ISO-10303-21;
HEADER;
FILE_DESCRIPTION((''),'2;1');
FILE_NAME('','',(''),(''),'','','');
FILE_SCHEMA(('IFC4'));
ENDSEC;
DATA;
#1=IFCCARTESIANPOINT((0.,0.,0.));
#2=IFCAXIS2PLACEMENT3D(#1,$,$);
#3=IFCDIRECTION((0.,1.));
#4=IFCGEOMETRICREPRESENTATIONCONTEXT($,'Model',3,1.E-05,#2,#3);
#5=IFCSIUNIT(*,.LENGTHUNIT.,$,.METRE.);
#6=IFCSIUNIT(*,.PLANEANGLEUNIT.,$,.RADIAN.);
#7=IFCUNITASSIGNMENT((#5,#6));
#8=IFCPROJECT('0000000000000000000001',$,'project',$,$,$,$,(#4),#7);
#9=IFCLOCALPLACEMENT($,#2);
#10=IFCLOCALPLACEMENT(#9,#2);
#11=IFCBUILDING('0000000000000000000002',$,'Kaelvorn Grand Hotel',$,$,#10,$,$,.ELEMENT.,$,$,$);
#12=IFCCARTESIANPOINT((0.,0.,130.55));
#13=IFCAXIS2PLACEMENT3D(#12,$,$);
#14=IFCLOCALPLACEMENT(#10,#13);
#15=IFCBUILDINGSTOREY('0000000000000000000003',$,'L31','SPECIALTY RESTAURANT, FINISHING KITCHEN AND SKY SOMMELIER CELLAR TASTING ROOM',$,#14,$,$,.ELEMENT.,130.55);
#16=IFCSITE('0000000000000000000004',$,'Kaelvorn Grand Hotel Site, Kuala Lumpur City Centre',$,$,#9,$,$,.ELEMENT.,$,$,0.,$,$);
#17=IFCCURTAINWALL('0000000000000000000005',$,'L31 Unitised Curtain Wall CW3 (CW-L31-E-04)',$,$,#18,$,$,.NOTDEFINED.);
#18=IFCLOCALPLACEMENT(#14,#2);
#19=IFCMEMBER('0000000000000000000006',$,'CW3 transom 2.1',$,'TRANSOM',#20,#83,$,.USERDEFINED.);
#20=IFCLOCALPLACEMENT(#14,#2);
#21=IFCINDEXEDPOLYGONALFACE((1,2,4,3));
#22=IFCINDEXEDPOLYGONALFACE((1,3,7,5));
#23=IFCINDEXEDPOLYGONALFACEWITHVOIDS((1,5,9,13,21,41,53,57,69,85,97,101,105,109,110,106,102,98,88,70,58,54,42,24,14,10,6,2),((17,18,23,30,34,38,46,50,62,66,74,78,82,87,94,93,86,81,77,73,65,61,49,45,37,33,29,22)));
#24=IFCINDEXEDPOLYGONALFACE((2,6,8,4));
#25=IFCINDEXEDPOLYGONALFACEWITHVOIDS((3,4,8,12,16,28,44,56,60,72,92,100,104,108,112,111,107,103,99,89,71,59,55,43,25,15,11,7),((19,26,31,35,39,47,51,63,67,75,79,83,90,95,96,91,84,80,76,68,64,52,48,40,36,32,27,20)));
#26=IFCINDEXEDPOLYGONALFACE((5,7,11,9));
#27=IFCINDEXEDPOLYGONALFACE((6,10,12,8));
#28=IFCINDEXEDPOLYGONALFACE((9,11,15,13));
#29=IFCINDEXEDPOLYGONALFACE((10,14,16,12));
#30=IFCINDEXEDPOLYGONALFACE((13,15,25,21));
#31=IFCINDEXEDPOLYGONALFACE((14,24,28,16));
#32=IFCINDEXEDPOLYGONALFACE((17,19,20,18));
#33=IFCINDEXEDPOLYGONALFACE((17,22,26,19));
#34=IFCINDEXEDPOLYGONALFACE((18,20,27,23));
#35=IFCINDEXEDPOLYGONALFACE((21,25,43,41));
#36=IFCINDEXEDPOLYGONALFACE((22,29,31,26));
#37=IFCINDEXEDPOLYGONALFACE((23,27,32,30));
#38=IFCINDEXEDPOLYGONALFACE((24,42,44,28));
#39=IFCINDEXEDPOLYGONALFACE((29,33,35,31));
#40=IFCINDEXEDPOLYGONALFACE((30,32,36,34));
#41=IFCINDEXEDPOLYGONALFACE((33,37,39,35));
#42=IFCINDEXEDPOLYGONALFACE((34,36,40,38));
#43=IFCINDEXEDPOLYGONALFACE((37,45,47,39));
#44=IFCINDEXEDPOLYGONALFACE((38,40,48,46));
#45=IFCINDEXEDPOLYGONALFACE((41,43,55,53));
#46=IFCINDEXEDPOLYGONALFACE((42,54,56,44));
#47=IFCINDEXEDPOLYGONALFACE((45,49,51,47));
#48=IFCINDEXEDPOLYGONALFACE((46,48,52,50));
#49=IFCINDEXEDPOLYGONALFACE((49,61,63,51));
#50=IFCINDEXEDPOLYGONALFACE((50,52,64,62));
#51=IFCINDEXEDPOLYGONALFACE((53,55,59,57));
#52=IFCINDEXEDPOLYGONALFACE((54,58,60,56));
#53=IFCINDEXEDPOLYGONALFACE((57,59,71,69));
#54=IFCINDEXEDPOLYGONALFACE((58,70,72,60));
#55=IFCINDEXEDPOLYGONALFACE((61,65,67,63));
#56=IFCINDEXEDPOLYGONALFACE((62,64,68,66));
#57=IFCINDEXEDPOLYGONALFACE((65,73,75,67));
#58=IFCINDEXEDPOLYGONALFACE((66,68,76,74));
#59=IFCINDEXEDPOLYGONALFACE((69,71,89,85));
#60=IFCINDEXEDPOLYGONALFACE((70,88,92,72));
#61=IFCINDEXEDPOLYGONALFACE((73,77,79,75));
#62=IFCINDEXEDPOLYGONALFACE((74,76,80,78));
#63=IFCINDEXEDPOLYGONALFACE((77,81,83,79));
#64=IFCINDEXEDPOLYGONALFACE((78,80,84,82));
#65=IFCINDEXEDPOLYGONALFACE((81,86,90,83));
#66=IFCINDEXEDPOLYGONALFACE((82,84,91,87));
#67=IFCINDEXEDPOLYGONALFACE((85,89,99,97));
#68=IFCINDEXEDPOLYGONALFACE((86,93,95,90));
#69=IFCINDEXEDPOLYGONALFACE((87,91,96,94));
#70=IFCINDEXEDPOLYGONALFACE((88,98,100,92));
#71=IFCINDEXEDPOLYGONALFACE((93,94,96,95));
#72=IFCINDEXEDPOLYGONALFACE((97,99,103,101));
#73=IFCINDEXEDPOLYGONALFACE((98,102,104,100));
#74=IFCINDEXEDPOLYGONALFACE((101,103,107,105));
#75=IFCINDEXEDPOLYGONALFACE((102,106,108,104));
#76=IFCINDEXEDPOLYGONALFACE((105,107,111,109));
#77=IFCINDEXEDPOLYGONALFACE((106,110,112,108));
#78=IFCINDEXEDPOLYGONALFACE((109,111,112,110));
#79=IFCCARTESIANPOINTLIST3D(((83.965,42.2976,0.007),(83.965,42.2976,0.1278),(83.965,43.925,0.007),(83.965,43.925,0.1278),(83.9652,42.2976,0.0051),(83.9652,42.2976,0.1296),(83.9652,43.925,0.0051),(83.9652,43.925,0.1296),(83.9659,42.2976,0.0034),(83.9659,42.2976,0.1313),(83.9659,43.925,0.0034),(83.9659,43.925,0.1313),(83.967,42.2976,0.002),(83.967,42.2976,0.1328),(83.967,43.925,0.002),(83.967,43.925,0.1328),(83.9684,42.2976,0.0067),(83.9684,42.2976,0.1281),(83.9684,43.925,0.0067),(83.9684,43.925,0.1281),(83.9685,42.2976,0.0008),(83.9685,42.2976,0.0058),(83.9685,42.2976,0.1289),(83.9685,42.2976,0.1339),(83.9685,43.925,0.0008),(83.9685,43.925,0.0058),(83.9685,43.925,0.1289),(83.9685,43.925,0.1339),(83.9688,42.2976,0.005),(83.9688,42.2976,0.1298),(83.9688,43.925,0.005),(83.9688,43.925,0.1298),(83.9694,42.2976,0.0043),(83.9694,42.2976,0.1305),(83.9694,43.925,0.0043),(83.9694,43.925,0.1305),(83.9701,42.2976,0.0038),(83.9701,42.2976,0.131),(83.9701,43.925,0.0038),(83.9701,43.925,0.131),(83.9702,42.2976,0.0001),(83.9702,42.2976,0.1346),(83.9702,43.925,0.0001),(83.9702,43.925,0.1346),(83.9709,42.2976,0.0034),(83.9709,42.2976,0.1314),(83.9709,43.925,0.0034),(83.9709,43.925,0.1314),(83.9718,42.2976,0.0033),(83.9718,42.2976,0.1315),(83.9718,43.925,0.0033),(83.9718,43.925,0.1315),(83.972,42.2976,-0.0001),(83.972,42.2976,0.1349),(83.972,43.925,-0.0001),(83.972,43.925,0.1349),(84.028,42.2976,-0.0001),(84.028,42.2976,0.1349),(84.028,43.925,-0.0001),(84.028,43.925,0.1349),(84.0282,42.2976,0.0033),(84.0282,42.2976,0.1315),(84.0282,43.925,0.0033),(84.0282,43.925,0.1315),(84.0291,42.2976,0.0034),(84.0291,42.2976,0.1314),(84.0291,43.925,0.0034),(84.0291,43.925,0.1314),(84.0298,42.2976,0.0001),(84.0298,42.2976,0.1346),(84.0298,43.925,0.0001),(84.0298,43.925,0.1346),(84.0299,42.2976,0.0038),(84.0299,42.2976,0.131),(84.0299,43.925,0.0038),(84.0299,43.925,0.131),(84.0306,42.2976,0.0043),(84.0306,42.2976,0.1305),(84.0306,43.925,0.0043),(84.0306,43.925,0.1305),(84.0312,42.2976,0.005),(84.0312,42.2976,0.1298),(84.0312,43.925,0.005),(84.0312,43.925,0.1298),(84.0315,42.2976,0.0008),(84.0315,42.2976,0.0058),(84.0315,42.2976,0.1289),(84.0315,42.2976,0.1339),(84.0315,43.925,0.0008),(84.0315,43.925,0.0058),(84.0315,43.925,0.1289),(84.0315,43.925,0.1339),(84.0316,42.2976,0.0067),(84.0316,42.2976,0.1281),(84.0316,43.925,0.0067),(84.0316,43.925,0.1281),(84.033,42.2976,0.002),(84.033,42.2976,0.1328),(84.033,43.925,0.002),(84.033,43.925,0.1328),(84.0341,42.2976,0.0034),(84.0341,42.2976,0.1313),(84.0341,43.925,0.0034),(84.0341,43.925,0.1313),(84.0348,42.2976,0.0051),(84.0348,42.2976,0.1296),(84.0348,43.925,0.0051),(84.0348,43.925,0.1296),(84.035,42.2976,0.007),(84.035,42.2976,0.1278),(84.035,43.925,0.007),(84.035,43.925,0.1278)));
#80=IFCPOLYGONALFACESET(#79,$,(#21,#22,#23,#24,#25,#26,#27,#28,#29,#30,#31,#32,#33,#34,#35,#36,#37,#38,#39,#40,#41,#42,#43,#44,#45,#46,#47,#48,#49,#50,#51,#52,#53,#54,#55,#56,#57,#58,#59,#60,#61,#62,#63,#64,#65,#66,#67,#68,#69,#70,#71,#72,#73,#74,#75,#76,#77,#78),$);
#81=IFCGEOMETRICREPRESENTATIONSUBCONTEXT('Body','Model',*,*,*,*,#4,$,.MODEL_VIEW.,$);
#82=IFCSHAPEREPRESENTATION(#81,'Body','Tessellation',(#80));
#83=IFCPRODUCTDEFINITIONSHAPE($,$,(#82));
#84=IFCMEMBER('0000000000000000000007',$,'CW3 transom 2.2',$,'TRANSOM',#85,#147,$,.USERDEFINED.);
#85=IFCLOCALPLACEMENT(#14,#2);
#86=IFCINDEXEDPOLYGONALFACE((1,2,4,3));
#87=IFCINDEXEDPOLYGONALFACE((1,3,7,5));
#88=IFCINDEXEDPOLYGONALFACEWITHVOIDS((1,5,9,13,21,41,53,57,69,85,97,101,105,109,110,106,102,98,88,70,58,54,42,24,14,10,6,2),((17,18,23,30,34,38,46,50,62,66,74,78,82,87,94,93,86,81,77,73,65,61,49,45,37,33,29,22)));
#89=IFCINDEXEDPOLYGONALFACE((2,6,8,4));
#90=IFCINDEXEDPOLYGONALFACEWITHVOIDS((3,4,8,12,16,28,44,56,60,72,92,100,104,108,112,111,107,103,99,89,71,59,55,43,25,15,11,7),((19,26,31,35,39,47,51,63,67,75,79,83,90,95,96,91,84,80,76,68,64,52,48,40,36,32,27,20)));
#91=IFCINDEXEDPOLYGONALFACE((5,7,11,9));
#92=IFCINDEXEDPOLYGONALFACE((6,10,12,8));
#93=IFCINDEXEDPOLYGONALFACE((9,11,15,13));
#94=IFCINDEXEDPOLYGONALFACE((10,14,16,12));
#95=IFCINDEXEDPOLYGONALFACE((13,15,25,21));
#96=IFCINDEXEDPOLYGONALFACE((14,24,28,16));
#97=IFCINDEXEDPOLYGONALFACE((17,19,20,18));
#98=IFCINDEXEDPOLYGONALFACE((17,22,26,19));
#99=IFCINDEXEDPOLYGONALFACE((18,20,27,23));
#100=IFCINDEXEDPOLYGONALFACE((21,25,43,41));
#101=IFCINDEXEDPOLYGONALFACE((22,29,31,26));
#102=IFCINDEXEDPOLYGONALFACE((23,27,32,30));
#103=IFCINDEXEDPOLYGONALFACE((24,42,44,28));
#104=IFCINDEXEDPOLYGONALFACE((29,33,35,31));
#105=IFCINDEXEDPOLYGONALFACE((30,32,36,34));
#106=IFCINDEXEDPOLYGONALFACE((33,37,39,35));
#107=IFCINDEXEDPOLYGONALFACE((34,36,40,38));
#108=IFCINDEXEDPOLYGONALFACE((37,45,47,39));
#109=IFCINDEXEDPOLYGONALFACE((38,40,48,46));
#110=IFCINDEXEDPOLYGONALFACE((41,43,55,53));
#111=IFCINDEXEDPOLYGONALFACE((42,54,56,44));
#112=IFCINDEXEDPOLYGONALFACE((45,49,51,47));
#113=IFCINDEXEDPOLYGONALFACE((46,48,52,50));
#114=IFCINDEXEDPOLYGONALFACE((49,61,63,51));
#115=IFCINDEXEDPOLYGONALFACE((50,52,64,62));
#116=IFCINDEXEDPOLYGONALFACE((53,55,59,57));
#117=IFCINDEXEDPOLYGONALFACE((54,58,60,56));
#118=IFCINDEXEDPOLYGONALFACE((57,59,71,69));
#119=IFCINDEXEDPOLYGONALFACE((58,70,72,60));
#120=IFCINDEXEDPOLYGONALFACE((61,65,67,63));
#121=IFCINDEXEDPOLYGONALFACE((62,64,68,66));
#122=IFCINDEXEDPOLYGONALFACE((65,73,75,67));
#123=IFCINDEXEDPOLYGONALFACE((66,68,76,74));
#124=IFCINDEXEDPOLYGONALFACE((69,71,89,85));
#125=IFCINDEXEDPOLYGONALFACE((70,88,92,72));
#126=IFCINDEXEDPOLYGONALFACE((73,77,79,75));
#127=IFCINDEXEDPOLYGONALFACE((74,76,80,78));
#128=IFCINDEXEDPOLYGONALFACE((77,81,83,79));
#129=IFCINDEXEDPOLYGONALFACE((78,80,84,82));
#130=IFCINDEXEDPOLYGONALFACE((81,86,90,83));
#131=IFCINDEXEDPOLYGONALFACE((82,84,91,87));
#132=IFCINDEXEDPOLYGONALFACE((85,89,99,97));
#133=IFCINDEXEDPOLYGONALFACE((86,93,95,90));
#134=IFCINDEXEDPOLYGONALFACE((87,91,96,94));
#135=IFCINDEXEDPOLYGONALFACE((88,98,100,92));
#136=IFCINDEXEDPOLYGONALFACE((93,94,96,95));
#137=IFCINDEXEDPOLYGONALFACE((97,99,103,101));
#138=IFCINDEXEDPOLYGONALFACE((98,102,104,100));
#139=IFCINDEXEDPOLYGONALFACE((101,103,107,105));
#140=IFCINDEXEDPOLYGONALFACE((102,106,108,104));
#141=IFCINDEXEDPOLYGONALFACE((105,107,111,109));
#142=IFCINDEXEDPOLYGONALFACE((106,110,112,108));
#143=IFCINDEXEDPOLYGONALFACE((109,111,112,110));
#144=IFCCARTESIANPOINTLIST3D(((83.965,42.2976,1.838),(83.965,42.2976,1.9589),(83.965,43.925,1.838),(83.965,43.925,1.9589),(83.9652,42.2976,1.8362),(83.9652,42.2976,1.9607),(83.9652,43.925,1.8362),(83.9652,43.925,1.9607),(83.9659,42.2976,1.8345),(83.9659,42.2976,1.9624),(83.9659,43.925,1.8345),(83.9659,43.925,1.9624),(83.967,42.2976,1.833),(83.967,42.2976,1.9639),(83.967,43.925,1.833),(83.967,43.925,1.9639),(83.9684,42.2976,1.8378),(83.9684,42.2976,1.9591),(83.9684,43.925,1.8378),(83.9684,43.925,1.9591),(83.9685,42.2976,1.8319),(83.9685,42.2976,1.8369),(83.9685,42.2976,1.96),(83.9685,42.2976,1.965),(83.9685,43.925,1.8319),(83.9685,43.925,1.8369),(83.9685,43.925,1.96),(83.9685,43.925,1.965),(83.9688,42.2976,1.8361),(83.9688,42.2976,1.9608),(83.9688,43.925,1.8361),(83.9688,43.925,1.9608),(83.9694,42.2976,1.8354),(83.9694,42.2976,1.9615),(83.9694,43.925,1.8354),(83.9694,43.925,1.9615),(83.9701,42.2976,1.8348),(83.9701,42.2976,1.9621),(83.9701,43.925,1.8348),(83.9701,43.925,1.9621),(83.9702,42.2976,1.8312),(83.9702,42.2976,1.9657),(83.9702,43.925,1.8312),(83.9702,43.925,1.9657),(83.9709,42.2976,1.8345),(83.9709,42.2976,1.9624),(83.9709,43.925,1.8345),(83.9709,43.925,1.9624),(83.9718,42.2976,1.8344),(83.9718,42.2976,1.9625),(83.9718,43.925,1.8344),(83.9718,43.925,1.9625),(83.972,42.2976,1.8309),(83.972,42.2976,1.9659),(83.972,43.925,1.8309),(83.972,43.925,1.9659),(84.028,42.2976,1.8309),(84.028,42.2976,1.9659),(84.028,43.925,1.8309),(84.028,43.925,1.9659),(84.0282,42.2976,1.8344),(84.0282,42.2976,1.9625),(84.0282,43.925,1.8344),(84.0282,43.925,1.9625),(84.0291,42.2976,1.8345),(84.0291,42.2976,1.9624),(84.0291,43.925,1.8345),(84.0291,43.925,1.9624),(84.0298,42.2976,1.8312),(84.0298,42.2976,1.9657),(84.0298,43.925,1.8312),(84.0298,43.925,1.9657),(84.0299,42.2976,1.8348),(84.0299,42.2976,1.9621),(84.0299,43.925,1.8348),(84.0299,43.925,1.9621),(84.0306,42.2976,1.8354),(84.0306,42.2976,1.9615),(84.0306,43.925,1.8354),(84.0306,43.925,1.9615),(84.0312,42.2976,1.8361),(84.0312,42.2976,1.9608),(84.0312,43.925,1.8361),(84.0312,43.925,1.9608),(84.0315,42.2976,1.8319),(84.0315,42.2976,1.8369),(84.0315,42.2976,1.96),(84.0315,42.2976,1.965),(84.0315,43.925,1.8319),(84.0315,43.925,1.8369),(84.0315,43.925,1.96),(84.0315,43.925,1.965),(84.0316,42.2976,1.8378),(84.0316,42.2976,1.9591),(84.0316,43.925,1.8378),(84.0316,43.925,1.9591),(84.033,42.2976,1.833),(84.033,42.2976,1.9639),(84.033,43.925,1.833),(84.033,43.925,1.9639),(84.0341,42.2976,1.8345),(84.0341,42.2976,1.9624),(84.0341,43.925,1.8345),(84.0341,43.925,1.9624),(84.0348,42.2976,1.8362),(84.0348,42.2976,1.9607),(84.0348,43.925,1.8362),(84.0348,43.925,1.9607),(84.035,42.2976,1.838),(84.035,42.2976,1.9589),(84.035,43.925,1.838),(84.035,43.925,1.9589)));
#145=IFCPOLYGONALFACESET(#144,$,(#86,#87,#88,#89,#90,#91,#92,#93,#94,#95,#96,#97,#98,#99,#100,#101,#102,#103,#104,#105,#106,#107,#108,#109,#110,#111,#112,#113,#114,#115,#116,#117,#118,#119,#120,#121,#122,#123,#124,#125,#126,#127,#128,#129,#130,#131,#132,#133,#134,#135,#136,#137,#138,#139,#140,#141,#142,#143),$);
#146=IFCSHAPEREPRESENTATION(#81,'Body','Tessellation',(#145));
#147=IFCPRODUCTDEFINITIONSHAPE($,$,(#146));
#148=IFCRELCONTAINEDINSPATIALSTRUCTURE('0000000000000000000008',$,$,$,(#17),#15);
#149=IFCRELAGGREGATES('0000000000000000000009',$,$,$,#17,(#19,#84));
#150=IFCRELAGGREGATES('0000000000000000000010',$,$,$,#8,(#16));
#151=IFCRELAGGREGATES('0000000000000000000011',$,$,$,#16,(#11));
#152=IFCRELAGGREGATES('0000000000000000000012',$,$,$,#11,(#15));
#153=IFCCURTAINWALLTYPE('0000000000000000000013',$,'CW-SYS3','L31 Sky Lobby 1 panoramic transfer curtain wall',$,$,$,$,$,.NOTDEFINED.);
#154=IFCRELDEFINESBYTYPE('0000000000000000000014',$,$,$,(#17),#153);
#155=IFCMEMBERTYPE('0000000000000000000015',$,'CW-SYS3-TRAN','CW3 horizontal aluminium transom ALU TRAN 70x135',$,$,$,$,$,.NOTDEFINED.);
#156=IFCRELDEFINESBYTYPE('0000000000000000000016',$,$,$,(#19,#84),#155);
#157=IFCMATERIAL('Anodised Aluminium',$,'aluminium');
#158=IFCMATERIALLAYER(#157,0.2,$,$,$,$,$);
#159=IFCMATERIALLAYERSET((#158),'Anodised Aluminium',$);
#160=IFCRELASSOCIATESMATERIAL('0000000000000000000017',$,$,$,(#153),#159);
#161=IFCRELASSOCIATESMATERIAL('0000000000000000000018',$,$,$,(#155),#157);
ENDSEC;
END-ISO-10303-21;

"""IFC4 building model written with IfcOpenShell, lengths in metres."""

from ifc_helpers import new_model, si_unit, direction, frame, origin, origin_2d, place, context, subcontext, project, spatial, hollow_rectangle, extrude, material, layer, layer_set, material_profile, profile_set, type_object, element, aggregate, save


model = new_model("IFC4")

# Units and contexts
model_context = context("Model", 3, precision=1e-05, world=origin(), true_north=direction((0.0, 1.0)))
body_context = subcontext(model_context, "Body", "Model", "MODEL_VIEW")
ifc_project = project(units=[si_unit("LENGTHUNIT", "METRE"), si_unit("PLANEANGLEUNIT", "RADIAN")], contexts=[model_context])

# Site, building, storey
site_placement = place(None, origin())
site = spatial("IfcSite", under=ifc_project, at=site_placement, Name="Kaelvorn Grand Hotel Site, Kuala Lumpur City Centre", CompositionType="ELEMENT", RefElevation=0.0)
building_placement = place(site_placement, origin())
building = spatial("IfcBuilding", under=site, at=building_placement, Name="Kaelvorn Grand Hotel", CompositionType="ELEMENT")
storey_placement = place(building_placement, frame((0.0, 0.0, 130.55)))
storey = spatial("IfcBuildingStorey", under=building, at=storey_placement, Name="L31", Description="SPECIALTY RESTAURANT, FINISHING KITCHEN AND SKY SOMMELIER CELLAR TASTING ROOM", CompositionType="ELEMENT", Elevation=130.55)

# Curtain wall, members
ifc_material_1 = material(Name="Anodised Aluminium", Category="aluminium")
ifc_layer_1 = layer(ifc_material_1, 0.2)
ifc_layer_set_1 = layer_set([ifc_layer_1], Name="Anodised Aluminium")
curtain_wall_type = type_object("IfcCurtainWallType", Name="CW-SYS3", Description="L31 Sky Lobby 1 panoramic transfer curtain wall", PredefinedType="NOTDEFINED", material=ifc_layer_set_1)
curtain_wall_placement = place(storey_placement, origin())
curtain_wall = element("IfcCurtainWall", 1, at=curtain_wall_placement, inside=storey, type_object=curtain_wall_type, Name="L31 Unitised Curtain Wall CW3 (CW-L31-E-04)", PredefinedType="NOTDEFINED")
ifc_material_profile_1 = material_profile(ifc_material_1, hollow_rectangle(XDim=0.0701, YDim=0.135, WallThickness=0.0034, InnerFilletRadius=0.0034, OuterFilletRadius=0.0071, at=origin_2d()), Name="ALU TRAN 70x135")
ifc_profile_set_1 = profile_set([ifc_material_profile_1], Name="Anodised Aluminium")
member_type_1 = type_object("IfcMemberType", Name="CW-SYS3-TRAN", Description="CW3 horizontal aluminium transom ALU TRAN 70x135", PredefinedType="NOTDEFINED", material=ifc_profile_set_1)
member_1_placement = place(storey_placement, frame((84.0, 42.2976, 0.0674), z_axis=(0.0, 1.0, 0.0), x_axis=(-1.0, 0.0, 0.0)))
member_1 = element("IfcMember", 2, at=member_1_placement, type_object=member_type_1, Name="CW3 transom 2.1", ObjectType="TRANSOM", PredefinedType="USERDEFINED", context=body_context, shape_type="SweptSolid", body=[
    extrude(hollow_rectangle(XDim=0.0701, YDim=0.135, WallThickness=0.0034, InnerFilletRadius=0.0034, OuterFilletRadius=0.0071, at=origin_2d()), origin(), (0.0, 0.0, 1.0), 1.6274),
])
member_2_placement = place(storey_placement, frame((84.0, 42.2976, 1.8984), z_axis=(0.0, 1.0, 0.0), x_axis=(-1.0, 0.0, 0.0)))
member_2 = element("IfcMember", 3, at=member_2_placement, type_object=member_type_1, Name="CW3 transom 2.2", ObjectType="TRANSOM", PredefinedType="USERDEFINED", context=body_context, shape_type="SweptSolid", body=[
    extrude(hollow_rectangle(XDim=0.0701, YDim=0.135, WallThickness=0.0034, InnerFilletRadius=0.0034, OuterFilletRadius=0.0071, at=origin_2d()), origin(), (0.0, 0.0, 1.0), 1.6274),
])
aggregate(curtain_wall, [member_1, member_2])

save(model, "model.ifc")
